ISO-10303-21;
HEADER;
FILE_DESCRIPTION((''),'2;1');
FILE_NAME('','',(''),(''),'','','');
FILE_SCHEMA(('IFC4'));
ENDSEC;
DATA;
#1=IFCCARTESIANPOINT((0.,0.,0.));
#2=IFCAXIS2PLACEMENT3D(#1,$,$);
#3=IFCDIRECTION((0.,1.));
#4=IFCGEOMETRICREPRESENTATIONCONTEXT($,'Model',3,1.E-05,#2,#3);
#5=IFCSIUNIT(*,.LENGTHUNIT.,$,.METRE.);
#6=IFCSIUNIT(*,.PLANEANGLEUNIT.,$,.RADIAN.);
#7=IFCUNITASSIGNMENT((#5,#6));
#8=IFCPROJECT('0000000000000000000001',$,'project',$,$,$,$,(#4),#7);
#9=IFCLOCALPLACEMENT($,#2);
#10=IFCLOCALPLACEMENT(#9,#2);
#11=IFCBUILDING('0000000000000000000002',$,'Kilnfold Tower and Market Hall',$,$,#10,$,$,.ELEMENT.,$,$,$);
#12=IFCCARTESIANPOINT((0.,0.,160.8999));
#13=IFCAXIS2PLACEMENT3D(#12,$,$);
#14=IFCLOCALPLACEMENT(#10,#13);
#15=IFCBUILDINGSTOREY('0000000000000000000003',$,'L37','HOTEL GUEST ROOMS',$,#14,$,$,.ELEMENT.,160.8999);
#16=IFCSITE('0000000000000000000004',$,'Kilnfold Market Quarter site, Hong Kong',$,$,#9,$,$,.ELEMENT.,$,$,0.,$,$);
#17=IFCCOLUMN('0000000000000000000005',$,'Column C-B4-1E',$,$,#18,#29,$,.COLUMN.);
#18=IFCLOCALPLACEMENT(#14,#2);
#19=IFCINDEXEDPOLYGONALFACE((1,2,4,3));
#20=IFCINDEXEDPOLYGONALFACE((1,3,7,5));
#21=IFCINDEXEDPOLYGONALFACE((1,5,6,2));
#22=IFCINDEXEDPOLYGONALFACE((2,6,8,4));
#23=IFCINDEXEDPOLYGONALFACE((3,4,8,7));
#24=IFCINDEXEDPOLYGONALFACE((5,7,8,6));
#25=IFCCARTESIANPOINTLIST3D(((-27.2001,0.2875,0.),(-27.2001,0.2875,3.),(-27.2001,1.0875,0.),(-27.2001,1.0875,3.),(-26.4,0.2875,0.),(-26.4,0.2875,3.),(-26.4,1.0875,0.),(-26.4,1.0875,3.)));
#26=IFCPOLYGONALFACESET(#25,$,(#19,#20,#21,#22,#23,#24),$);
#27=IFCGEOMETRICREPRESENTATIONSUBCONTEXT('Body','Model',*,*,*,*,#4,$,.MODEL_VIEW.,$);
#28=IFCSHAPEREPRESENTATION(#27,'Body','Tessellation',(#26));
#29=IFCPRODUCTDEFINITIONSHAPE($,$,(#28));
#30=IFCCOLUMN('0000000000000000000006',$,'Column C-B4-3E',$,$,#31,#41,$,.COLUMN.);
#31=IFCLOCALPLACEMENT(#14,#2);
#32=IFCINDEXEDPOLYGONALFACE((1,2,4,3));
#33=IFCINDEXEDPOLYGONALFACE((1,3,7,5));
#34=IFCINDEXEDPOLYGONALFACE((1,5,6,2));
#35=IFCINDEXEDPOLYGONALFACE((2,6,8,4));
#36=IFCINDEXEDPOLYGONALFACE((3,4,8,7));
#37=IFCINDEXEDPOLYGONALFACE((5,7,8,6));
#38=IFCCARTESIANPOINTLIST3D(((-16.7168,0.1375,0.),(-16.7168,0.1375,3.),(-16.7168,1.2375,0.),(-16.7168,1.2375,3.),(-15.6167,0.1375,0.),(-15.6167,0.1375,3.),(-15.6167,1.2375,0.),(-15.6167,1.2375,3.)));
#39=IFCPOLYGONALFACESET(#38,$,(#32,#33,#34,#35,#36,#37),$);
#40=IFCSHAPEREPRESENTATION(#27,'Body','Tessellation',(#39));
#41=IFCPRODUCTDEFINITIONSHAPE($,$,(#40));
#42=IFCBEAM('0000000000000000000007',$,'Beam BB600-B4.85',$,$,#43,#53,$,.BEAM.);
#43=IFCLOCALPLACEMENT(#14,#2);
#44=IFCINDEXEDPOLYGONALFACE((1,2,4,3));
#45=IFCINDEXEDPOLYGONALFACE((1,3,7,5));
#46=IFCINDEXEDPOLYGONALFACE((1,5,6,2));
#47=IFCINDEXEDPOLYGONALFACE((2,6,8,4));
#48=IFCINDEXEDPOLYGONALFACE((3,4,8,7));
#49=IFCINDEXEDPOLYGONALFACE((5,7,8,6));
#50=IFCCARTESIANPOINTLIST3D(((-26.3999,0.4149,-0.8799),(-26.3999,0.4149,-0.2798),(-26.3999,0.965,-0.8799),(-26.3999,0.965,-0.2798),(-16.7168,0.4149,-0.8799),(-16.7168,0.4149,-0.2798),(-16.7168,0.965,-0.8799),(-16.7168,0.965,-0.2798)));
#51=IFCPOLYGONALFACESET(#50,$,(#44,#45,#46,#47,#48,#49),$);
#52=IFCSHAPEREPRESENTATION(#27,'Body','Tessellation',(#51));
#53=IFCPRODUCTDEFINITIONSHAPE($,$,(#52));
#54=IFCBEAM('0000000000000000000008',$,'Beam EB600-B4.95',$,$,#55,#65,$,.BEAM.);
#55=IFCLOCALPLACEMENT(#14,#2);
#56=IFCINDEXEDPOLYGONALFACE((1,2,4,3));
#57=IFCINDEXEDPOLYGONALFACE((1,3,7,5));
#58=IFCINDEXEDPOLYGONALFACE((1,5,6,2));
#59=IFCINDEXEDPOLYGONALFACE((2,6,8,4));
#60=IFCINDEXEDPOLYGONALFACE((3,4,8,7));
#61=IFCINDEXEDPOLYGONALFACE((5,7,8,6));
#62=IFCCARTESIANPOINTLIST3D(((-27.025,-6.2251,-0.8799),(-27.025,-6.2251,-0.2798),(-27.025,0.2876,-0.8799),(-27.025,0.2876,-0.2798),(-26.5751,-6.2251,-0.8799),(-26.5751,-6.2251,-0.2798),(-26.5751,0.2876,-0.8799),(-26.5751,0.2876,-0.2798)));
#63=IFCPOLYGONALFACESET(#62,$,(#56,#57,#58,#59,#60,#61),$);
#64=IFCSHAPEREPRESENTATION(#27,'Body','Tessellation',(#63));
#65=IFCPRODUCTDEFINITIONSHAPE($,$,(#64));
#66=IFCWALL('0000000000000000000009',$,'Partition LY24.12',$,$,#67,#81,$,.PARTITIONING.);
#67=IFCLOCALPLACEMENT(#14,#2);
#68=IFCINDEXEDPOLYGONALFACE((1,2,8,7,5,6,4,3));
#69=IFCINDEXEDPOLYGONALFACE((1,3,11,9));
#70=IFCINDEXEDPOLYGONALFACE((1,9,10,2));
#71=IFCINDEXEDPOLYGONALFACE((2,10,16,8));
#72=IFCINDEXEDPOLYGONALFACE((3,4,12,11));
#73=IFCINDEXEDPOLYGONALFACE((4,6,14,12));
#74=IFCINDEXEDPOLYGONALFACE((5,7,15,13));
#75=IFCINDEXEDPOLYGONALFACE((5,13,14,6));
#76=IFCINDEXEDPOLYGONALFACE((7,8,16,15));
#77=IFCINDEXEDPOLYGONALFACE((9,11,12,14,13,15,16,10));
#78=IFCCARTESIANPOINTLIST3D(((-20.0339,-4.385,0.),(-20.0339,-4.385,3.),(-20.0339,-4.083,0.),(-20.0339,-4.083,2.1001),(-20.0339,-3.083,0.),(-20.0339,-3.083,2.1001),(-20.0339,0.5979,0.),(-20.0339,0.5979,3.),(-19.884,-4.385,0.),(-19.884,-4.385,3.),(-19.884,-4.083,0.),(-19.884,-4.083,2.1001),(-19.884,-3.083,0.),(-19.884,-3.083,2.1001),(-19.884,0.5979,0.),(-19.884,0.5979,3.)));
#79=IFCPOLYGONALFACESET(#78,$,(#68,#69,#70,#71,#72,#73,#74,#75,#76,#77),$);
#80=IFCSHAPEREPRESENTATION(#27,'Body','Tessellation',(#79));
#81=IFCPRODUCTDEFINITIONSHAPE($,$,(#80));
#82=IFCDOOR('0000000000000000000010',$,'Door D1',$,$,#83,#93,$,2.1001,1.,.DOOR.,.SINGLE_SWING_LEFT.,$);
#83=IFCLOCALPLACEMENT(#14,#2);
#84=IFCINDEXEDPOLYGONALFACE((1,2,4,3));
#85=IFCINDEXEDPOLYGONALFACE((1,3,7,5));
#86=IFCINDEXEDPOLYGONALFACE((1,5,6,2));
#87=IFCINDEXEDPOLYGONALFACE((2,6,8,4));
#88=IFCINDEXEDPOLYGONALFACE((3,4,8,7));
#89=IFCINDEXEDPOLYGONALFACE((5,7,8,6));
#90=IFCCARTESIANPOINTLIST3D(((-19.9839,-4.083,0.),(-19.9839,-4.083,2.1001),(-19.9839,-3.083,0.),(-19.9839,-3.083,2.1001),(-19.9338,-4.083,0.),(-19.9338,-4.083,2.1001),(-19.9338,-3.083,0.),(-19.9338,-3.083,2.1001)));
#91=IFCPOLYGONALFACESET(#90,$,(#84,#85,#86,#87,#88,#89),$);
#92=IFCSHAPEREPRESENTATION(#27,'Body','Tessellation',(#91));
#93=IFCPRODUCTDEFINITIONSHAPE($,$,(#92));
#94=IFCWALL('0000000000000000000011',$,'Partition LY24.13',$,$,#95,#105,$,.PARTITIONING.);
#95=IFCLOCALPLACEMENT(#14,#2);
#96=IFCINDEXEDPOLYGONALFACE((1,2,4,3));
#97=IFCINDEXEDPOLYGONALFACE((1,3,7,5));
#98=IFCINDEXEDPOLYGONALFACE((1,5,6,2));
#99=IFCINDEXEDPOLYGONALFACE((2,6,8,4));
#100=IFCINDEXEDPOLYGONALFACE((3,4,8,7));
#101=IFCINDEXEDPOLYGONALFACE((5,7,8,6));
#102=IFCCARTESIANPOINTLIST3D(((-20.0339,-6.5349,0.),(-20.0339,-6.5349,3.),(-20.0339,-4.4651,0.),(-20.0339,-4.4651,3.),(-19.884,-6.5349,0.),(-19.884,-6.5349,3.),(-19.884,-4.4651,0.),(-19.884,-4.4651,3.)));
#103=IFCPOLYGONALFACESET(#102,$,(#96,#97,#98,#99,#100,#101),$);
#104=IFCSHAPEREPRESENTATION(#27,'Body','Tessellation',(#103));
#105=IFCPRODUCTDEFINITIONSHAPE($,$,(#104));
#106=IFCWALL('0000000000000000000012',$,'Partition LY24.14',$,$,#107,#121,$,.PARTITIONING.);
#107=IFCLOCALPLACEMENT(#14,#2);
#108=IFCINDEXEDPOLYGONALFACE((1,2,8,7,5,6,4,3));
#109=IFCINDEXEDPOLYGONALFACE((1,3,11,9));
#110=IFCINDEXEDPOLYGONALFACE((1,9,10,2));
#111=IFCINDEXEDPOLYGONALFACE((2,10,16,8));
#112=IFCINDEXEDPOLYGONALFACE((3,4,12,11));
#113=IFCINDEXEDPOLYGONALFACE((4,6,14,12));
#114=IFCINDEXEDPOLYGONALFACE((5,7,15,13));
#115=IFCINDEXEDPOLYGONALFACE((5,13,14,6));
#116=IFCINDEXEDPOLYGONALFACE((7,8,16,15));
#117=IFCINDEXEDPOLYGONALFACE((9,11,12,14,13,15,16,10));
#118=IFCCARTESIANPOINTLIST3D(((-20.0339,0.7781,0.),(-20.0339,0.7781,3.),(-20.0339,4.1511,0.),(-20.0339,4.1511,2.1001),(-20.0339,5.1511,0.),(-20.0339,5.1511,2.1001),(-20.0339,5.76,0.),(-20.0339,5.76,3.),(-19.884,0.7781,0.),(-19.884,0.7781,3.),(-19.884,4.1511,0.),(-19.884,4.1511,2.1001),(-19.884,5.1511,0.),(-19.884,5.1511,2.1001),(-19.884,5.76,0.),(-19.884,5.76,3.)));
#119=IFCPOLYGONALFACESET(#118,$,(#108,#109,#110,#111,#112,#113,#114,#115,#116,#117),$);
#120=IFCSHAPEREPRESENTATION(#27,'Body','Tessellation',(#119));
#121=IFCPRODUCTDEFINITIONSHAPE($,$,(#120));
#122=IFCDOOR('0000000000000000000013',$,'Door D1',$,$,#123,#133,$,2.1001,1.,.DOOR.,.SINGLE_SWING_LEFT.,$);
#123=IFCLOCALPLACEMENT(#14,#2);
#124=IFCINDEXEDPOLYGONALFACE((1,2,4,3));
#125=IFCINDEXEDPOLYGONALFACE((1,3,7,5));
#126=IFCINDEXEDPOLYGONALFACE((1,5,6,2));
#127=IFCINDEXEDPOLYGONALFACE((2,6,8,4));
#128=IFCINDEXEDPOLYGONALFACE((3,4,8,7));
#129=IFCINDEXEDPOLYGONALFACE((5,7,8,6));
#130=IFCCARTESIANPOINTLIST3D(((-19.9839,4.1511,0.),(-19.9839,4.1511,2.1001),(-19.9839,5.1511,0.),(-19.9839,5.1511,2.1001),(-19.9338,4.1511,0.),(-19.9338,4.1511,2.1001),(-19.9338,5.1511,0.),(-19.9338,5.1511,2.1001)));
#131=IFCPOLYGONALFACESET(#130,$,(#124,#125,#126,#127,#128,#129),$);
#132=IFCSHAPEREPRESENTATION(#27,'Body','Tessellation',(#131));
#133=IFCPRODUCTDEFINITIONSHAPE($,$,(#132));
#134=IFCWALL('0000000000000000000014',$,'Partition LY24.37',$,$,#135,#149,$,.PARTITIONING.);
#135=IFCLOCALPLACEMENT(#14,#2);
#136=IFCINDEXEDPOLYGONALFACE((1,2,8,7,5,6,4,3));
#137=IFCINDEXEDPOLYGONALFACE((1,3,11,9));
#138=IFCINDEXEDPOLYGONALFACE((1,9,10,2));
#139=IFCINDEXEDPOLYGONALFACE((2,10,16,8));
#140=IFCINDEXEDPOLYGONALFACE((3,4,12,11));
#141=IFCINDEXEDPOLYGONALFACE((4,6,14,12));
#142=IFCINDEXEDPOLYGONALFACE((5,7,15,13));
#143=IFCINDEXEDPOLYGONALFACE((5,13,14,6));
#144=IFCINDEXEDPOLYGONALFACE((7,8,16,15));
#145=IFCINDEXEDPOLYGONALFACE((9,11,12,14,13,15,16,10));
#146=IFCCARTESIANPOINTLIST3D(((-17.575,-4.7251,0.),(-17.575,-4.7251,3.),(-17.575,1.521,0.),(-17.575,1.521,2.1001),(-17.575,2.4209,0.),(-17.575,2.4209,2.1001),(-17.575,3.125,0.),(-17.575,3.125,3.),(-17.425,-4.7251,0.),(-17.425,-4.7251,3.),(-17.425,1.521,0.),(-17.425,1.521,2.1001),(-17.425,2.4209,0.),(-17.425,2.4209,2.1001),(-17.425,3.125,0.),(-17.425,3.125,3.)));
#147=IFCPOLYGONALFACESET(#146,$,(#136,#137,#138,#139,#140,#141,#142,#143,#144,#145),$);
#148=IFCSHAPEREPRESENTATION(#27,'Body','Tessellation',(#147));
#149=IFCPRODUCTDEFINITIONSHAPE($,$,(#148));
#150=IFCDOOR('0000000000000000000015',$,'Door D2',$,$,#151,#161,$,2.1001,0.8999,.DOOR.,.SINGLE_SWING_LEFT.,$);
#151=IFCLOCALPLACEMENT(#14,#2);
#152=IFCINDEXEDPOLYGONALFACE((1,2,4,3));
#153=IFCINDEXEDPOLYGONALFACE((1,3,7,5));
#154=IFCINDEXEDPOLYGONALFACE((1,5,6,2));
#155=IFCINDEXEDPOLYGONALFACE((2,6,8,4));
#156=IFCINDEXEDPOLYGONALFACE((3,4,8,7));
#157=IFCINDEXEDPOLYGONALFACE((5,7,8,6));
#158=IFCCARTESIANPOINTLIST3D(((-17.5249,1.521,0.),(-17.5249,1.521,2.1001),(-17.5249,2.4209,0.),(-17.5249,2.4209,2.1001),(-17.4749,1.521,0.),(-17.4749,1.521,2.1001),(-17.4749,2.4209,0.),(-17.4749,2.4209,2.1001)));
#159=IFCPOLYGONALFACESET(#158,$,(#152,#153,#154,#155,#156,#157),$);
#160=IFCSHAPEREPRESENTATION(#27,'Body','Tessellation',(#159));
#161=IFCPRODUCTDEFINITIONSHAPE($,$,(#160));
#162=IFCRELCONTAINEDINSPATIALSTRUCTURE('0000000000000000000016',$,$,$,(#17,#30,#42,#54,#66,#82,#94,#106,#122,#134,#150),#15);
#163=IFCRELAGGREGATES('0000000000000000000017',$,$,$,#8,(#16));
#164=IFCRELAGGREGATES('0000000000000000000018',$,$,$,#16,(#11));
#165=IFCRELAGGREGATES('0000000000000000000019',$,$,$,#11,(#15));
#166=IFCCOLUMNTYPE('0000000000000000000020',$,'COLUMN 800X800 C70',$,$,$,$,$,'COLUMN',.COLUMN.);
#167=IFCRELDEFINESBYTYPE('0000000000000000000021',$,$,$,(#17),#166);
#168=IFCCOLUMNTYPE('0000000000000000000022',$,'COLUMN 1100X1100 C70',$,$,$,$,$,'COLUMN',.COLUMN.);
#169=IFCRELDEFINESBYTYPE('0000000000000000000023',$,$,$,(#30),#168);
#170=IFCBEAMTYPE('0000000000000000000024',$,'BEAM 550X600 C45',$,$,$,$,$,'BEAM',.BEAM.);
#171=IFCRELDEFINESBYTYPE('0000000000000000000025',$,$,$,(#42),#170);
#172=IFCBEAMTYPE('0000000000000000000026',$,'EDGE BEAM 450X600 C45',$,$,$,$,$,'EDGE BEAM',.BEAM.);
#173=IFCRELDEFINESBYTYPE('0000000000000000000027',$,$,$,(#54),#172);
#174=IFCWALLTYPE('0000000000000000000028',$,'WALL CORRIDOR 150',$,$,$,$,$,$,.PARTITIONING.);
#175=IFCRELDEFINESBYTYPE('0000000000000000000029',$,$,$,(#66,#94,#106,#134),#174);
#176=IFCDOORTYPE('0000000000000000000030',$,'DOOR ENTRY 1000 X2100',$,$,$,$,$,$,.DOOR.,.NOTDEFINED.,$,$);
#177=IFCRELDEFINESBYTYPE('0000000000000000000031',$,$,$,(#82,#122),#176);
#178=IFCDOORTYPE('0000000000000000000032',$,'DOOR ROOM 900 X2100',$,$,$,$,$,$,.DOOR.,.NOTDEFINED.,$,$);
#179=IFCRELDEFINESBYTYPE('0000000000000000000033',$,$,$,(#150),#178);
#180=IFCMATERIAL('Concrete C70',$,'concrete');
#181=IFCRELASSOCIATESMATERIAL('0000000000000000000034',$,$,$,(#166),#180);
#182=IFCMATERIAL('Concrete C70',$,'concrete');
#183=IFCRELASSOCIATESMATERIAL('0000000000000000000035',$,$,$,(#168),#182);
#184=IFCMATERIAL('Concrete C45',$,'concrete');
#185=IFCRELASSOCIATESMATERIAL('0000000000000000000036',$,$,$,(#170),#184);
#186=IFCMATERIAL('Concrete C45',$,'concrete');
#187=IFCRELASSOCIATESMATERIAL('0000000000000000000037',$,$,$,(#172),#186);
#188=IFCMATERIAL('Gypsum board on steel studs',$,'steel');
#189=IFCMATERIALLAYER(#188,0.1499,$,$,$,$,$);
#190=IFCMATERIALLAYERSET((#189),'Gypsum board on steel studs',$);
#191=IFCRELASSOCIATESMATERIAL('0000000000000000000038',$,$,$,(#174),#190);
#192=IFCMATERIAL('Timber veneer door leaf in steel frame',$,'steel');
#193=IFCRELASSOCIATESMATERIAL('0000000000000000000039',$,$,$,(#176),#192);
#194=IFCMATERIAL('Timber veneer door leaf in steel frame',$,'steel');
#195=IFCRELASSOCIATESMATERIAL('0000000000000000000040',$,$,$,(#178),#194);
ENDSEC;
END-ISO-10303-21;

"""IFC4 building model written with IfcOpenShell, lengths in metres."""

from ifc_helpers import new_model, si_unit, direction, frame, frame_2d, origin, origin_2d, place, context, subcontext, project, spatial, rectangle, extrude, source, transform, mapped, material, layer, layer_set, material_profile, profile_set, type_object, element, fill, save


model = new_model("IFC4")

# Units and contexts
model_context = context("Model", 3, precision=1e-05, world=origin(), true_north=direction((0.0, 1.0)))
body_context = subcontext(model_context, "Body", "Model", "MODEL_VIEW")
ifc_project = project(units=[si_unit("LENGTHUNIT", "METRE"), si_unit("PLANEANGLEUNIT", "RADIAN")], contexts=[model_context])

# Site, building, storey
site_placement = place(None, origin())
site = spatial("IfcSite", under=ifc_project, at=site_placement, Name="Kilnfold Market Quarter site, Hong Kong", CompositionType="ELEMENT", RefElevation=0.0)
building_placement = place(site_placement, origin())
building = spatial("IfcBuilding", under=site, at=building_placement, Name="Kilnfold Tower and Market Hall", CompositionType="ELEMENT")
storey_placement = place(building_placement, frame((0.0, 0.0, 160.8999)))
storey = spatial("IfcBuildingStorey", under=building, at=storey_placement, Name="L37", Description="HOTEL GUEST ROOMS", CompositionType="ELEMENT", Elevation=160.8999)

# Columns
ifc_material_1 = material(Name="Concrete C70", Category="concrete")
ifc_material_profile_1 = material_profile(ifc_material_1, rectangle(XDim=0.8, YDim=0.8, at=origin_2d()), Name="RC 800x800")
ifc_profile_set_1 = profile_set([ifc_material_profile_1], Name="Concrete C70")
column_type_1 = type_object("IfcColumnType", Name="COLUMN 800X800 C70", ElementType="COLUMN", PredefinedType="COLUMN", material=ifc_profile_set_1)
shared_shape_1 = source(origin(), body_context, "Body", "SweptSolid", [
    extrude(rectangle(XDim=0.8, YDim=0.8, at=origin_2d()), origin(), (0.0, 0.0, 1.0), 3.0),
])
column_1_placement = place(storey_placement, frame((-26.8, 0.6875, 0.0), z_axis=(0.0, 0.0, 1.0), x_axis=(1.0, 0.0, 0.0)))
element("IfcColumn", 1, at=column_1_placement, inside=storey, type_object=column_type_1, Name="Column C-B4-1E", PredefinedType="COLUMN", context=body_context, shape_type="MappedRepresentation", body=[
    mapped(shared_shape_1, transform((0.0, 0.0, 0.0))),
])
ifc_material_2 = material(Name="Concrete C70", Category="concrete")
ifc_material_profile_2 = material_profile(ifc_material_2, rectangle(XDim=1.1001, YDim=1.1001, at=origin_2d()), Name="RC 1100x1100")
ifc_profile_set_2 = profile_set([ifc_material_profile_2], Name="Concrete C70")
column_type_2 = type_object("IfcColumnType", Name="COLUMN 1100X1100 C70", ElementType="COLUMN", PredefinedType="COLUMN", material=ifc_profile_set_2)
shared_shape_2 = source(origin(), body_context, "Body", "SweptSolid", [
    extrude(rectangle(XDim=1.1001, YDim=1.1001, at=origin_2d()), origin(), (0.0, 0.0, 1.0), 3.0),
])
column_2_placement = place(storey_placement, frame((-16.1667, 0.6875, 0.0), z_axis=(0.0, 0.0, 1.0), x_axis=(1.0, 0.0, 0.0)))
element("IfcColumn", 2, at=column_2_placement, inside=storey, type_object=column_type_2, Name="Column C-B4-3E", PredefinedType="COLUMN", context=body_context, shape_type="MappedRepresentation", body=[
    mapped(shared_shape_2, transform((0.0, 0.0, 0.0))),
])

# Beams
ifc_material_3 = material(Name="Concrete C45", Category="concrete")
ifc_material_profile_3 = material_profile(ifc_material_3, rectangle(XDim=0.55, YDim=0.6001, at=origin_2d()), Name="RC 550x600")
ifc_profile_set_3 = profile_set([ifc_material_profile_3], Name="Concrete C45")
beam_type_1 = type_object("IfcBeamType", Name="BEAM 550X600 C45", ElementType="BEAM", PredefinedType="BEAM", material=ifc_profile_set_3)
shared_shape_3 = source(origin(), body_context, "Body", "SweptSolid", [
    extrude(rectangle(XDim=0.55, YDim=0.6001, at=origin_2d()), origin(), (0.0, 0.0, 1.0), 9.6831),
])
beam_1_placement = place(storey_placement, frame((-26.3999, 0.6899, -0.5798), z_axis=(1.0, 0.0, 0.0), x_axis=(0.0, 1.0, 0.0)))
element("IfcBeam", 3, at=beam_1_placement, inside=storey, type_object=beam_type_1, Name="Beam BB600-B4.85", PredefinedType="BEAM", context=body_context, shape_type="MappedRepresentation", body=[
    mapped(shared_shape_3, transform((0.0, 0.0, 0.0))),
])
ifc_material_4 = material(Name="Concrete C45", Category="concrete")
ifc_material_profile_4 = material_profile(ifc_material_4, rectangle(XDim=0.45, YDim=0.6001, at=origin_2d()), Name="RC 450x600")
ifc_profile_set_4 = profile_set([ifc_material_profile_4], Name="Concrete C45")
beam_type_2 = type_object("IfcBeamType", Name="EDGE BEAM 450X600 C45", ElementType="EDGE BEAM", PredefinedType="BEAM", material=ifc_profile_set_4)
shared_shape_4 = source(origin(), body_context, "Body", "SweptSolid", [
    extrude(rectangle(XDim=0.45, YDim=0.6001, at=origin_2d()), origin(), (0.0, 0.0, 1.0), 6.5127),
])
beam_2_placement = place(storey_placement, frame((-26.8, -6.2251, -0.5798), z_axis=(0.0, 1.0, 0.0), x_axis=(-1.0, 0.0, 0.0)))
element("IfcBeam", 4, at=beam_2_placement, inside=storey, type_object=beam_type_2, Name="Beam EB600-B4.95", PredefinedType="BEAM", context=body_context, shape_type="MappedRepresentation", body=[
    mapped(shared_shape_4, transform((0.0, 0.0, 0.0))),
])

# Wall, opening, door
ifc_material_5 = material(Name="Gypsum board on steel studs", Category="steel")
ifc_layer_1 = layer(ifc_material_5, 0.1499)
ifc_layer_set_1 = layer_set([ifc_layer_1], Name="Gypsum board on steel studs")
wall_type_1 = type_object("IfcWallType", Name="WALL CORRIDOR 150", PredefinedType="PARTITIONING", material=ifc_layer_set_1)
wall_1_placement = place(storey_placement, frame((-19.959, -4.385, 0.0), z_axis=(0.0, 0.0, 1.0), x_axis=(0.0, 1.0, 0.0)))
wall_1 = element("IfcWall", 5, at=wall_1_placement, inside=storey, type_object=wall_type_1, Name="Partition LY24.12", PredefinedType="PARTITIONING", context=body_context, shape_type="SweptSolid", body=[
    extrude(rectangle(XDim=4.9829, YDim=0.1499, at=frame_2d((2.4915, 0.0))), origin(), (0.0, 0.0, 1.0), 3.0),
])
opening_1_placement = place(wall_1_placement, frame((0.302, 0.0, 0.0)))
opening_1 = element("IfcOpeningElement", 6, at=opening_1_placement, cuts=wall_1, PredefinedType="OPENING", context=body_context, shape_type="SweptSolid", body=[
    extrude(rectangle(XDim=1.0, YDim=2.1001, at=frame_2d((0.5, 1.05))), frame((0.0, 0.085, 0.0), z_axis=(0.0, -1.0, 0.0), x_axis=(1.0, 0.0, 0.0)), (0.0, 0.0, 1.0), 0.1699),
])
ifc_material_6 = material(Name="Timber veneer door leaf in steel frame", Category="steel")
door_type_1 = type_object("IfcDoorType", Name="DOOR ENTRY 1000 X2100", OperationType="NOTDEFINED", PredefinedType="DOOR", material=ifc_material_6)
door_1_placement = place(opening_1_placement, origin())
door_1 = element("IfcDoor", 7, at=door_1_placement, inside=storey, type_object=door_type_1, Name="Door D1", OperationType="SINGLE_SWING_LEFT", OverallHeight=2.1001, OverallWidth=1.0, PredefinedType="DOOR", context=body_context, shape_type="SweptSolid", body=[
    extrude(rectangle(XDim=1.0, YDim=2.1001, at=frame_2d((0.5, 1.05))), frame((0.0, 0.0249, 0.0), z_axis=(0.0, -1.0, 0.0), x_axis=(1.0, 0.0, 0.0)), (0.0, 0.0, 1.0), 0.05),
])
fill(opening_1, door_1)

# Wall
wall_2_placement = place(storey_placement, frame((-19.959, -6.5349, 0.0), z_axis=(0.0, 0.0, 1.0), x_axis=(0.0, 1.0, 0.0)))
element("IfcWall", 8, at=wall_2_placement, inside=storey, type_object=wall_type_1, Name="Partition LY24.13", PredefinedType="PARTITIONING", context=body_context, shape_type="SweptSolid", body=[
    extrude(rectangle(XDim=2.0698, YDim=0.1499, at=frame_2d((1.0349, 0.0))), origin(), (0.0, 0.0, 1.0), 3.0),
])

# Walls, openings, doors
wall_3_placement = place(storey_placement, frame((-19.959, 0.7781, 0.0), z_axis=(0.0, 0.0, 1.0), x_axis=(0.0, 1.0, 0.0)))
wall_3 = element("IfcWall", 9, at=wall_3_placement, inside=storey, type_object=wall_type_1, Name="Partition LY24.14", PredefinedType="PARTITIONING", context=body_context, shape_type="SweptSolid", body=[
    extrude(rectangle(XDim=4.9819, YDim=0.1499, at=frame_2d((2.491, 0.0))), origin(), (0.0, 0.0, 1.0), 3.0),
])
opening_2_placement = place(wall_3_placement, frame((3.373, 0.0, 0.0)))
opening_2 = element("IfcOpeningElement", 10, at=opening_2_placement, cuts=wall_3, PredefinedType="OPENING", context=body_context, shape_type="SweptSolid", body=[
    extrude(rectangle(XDim=1.0, YDim=2.1001, at=frame_2d((0.5, 1.05))), frame((0.0, 0.085, 0.0), z_axis=(0.0, -1.0, 0.0), x_axis=(1.0, 0.0, 0.0)), (0.0, 0.0, 1.0), 0.1699),
])
door_2_placement = place(opening_2_placement, origin())
door_2 = element("IfcDoor", 11, at=door_2_placement, inside=storey, type_object=door_type_1, Name="Door D1", OperationType="SINGLE_SWING_LEFT", OverallHeight=2.1001, OverallWidth=1.0, PredefinedType="DOOR", context=body_context, shape_type="SweptSolid", body=[
    extrude(rectangle(XDim=1.0, YDim=2.1001, at=frame_2d((0.5, 1.05))), frame((0.0, 0.0249, 0.0), z_axis=(0.0, -1.0, 0.0), x_axis=(1.0, 0.0, 0.0)), (0.0, 0.0, 1.0), 0.05),
])
fill(opening_2, door_2)
wall_4_placement = place(storey_placement, frame((-17.5, -4.7251, 0.0), z_axis=(0.0, 0.0, 1.0), x_axis=(0.0, 1.0, 0.0)))
wall_4 = element("IfcWall", 12, at=wall_4_placement, inside=storey, type_object=wall_type_1, Name="Partition LY24.37", PredefinedType="PARTITIONING", context=body_context, shape_type="SweptSolid", body=[
    extrude(rectangle(XDim=7.8501, YDim=0.1499, at=frame_2d((3.925, 0.0))), origin(), (0.0, 0.0, 1.0), 3.0),
])
opening_3_placement = place(wall_4_placement, frame((6.2461, 0.0, 0.0)))
opening_3 = element("IfcOpeningElement", 13, at=opening_3_placement, cuts=wall_4, PredefinedType="OPENING", context=body_context, shape_type="SweptSolid", body=[
    extrude(rectangle(XDim=0.8999, YDim=2.1001, at=frame_2d((0.45, 1.05))), frame((0.0, 0.085, 0.0), z_axis=(0.0, -1.0, 0.0), x_axis=(1.0, 0.0, 0.0)), (0.0, 0.0, 1.0), 0.1699),
])
ifc_material_7 = material(Name="Timber veneer door leaf in steel frame", Category="steel")
door_type_2 = type_object("IfcDoorType", Name="DOOR ROOM 900 X2100", OperationType="NOTDEFINED", PredefinedType="DOOR", material=ifc_material_7)
door_3_placement = place(opening_3_placement, origin())
door_3 = element("IfcDoor", 14, at=door_3_placement, inside=storey, type_object=door_type_2, Name="Door D2", OperationType="SINGLE_SWING_LEFT", OverallHeight=2.1001, OverallWidth=0.8999, PredefinedType="DOOR", context=body_context, shape_type="SweptSolid", body=[
    extrude(rectangle(XDim=0.8999, YDim=2.1001, at=frame_2d((0.45, 1.05))), frame((0.0, 0.0249, 0.0), z_axis=(0.0, -1.0, 0.0), x_axis=(1.0, 0.0, 0.0)), (0.0, 0.0, 1.0), 0.05),
])
fill(opening_3, door_3)

save(model, "model.ifc")
